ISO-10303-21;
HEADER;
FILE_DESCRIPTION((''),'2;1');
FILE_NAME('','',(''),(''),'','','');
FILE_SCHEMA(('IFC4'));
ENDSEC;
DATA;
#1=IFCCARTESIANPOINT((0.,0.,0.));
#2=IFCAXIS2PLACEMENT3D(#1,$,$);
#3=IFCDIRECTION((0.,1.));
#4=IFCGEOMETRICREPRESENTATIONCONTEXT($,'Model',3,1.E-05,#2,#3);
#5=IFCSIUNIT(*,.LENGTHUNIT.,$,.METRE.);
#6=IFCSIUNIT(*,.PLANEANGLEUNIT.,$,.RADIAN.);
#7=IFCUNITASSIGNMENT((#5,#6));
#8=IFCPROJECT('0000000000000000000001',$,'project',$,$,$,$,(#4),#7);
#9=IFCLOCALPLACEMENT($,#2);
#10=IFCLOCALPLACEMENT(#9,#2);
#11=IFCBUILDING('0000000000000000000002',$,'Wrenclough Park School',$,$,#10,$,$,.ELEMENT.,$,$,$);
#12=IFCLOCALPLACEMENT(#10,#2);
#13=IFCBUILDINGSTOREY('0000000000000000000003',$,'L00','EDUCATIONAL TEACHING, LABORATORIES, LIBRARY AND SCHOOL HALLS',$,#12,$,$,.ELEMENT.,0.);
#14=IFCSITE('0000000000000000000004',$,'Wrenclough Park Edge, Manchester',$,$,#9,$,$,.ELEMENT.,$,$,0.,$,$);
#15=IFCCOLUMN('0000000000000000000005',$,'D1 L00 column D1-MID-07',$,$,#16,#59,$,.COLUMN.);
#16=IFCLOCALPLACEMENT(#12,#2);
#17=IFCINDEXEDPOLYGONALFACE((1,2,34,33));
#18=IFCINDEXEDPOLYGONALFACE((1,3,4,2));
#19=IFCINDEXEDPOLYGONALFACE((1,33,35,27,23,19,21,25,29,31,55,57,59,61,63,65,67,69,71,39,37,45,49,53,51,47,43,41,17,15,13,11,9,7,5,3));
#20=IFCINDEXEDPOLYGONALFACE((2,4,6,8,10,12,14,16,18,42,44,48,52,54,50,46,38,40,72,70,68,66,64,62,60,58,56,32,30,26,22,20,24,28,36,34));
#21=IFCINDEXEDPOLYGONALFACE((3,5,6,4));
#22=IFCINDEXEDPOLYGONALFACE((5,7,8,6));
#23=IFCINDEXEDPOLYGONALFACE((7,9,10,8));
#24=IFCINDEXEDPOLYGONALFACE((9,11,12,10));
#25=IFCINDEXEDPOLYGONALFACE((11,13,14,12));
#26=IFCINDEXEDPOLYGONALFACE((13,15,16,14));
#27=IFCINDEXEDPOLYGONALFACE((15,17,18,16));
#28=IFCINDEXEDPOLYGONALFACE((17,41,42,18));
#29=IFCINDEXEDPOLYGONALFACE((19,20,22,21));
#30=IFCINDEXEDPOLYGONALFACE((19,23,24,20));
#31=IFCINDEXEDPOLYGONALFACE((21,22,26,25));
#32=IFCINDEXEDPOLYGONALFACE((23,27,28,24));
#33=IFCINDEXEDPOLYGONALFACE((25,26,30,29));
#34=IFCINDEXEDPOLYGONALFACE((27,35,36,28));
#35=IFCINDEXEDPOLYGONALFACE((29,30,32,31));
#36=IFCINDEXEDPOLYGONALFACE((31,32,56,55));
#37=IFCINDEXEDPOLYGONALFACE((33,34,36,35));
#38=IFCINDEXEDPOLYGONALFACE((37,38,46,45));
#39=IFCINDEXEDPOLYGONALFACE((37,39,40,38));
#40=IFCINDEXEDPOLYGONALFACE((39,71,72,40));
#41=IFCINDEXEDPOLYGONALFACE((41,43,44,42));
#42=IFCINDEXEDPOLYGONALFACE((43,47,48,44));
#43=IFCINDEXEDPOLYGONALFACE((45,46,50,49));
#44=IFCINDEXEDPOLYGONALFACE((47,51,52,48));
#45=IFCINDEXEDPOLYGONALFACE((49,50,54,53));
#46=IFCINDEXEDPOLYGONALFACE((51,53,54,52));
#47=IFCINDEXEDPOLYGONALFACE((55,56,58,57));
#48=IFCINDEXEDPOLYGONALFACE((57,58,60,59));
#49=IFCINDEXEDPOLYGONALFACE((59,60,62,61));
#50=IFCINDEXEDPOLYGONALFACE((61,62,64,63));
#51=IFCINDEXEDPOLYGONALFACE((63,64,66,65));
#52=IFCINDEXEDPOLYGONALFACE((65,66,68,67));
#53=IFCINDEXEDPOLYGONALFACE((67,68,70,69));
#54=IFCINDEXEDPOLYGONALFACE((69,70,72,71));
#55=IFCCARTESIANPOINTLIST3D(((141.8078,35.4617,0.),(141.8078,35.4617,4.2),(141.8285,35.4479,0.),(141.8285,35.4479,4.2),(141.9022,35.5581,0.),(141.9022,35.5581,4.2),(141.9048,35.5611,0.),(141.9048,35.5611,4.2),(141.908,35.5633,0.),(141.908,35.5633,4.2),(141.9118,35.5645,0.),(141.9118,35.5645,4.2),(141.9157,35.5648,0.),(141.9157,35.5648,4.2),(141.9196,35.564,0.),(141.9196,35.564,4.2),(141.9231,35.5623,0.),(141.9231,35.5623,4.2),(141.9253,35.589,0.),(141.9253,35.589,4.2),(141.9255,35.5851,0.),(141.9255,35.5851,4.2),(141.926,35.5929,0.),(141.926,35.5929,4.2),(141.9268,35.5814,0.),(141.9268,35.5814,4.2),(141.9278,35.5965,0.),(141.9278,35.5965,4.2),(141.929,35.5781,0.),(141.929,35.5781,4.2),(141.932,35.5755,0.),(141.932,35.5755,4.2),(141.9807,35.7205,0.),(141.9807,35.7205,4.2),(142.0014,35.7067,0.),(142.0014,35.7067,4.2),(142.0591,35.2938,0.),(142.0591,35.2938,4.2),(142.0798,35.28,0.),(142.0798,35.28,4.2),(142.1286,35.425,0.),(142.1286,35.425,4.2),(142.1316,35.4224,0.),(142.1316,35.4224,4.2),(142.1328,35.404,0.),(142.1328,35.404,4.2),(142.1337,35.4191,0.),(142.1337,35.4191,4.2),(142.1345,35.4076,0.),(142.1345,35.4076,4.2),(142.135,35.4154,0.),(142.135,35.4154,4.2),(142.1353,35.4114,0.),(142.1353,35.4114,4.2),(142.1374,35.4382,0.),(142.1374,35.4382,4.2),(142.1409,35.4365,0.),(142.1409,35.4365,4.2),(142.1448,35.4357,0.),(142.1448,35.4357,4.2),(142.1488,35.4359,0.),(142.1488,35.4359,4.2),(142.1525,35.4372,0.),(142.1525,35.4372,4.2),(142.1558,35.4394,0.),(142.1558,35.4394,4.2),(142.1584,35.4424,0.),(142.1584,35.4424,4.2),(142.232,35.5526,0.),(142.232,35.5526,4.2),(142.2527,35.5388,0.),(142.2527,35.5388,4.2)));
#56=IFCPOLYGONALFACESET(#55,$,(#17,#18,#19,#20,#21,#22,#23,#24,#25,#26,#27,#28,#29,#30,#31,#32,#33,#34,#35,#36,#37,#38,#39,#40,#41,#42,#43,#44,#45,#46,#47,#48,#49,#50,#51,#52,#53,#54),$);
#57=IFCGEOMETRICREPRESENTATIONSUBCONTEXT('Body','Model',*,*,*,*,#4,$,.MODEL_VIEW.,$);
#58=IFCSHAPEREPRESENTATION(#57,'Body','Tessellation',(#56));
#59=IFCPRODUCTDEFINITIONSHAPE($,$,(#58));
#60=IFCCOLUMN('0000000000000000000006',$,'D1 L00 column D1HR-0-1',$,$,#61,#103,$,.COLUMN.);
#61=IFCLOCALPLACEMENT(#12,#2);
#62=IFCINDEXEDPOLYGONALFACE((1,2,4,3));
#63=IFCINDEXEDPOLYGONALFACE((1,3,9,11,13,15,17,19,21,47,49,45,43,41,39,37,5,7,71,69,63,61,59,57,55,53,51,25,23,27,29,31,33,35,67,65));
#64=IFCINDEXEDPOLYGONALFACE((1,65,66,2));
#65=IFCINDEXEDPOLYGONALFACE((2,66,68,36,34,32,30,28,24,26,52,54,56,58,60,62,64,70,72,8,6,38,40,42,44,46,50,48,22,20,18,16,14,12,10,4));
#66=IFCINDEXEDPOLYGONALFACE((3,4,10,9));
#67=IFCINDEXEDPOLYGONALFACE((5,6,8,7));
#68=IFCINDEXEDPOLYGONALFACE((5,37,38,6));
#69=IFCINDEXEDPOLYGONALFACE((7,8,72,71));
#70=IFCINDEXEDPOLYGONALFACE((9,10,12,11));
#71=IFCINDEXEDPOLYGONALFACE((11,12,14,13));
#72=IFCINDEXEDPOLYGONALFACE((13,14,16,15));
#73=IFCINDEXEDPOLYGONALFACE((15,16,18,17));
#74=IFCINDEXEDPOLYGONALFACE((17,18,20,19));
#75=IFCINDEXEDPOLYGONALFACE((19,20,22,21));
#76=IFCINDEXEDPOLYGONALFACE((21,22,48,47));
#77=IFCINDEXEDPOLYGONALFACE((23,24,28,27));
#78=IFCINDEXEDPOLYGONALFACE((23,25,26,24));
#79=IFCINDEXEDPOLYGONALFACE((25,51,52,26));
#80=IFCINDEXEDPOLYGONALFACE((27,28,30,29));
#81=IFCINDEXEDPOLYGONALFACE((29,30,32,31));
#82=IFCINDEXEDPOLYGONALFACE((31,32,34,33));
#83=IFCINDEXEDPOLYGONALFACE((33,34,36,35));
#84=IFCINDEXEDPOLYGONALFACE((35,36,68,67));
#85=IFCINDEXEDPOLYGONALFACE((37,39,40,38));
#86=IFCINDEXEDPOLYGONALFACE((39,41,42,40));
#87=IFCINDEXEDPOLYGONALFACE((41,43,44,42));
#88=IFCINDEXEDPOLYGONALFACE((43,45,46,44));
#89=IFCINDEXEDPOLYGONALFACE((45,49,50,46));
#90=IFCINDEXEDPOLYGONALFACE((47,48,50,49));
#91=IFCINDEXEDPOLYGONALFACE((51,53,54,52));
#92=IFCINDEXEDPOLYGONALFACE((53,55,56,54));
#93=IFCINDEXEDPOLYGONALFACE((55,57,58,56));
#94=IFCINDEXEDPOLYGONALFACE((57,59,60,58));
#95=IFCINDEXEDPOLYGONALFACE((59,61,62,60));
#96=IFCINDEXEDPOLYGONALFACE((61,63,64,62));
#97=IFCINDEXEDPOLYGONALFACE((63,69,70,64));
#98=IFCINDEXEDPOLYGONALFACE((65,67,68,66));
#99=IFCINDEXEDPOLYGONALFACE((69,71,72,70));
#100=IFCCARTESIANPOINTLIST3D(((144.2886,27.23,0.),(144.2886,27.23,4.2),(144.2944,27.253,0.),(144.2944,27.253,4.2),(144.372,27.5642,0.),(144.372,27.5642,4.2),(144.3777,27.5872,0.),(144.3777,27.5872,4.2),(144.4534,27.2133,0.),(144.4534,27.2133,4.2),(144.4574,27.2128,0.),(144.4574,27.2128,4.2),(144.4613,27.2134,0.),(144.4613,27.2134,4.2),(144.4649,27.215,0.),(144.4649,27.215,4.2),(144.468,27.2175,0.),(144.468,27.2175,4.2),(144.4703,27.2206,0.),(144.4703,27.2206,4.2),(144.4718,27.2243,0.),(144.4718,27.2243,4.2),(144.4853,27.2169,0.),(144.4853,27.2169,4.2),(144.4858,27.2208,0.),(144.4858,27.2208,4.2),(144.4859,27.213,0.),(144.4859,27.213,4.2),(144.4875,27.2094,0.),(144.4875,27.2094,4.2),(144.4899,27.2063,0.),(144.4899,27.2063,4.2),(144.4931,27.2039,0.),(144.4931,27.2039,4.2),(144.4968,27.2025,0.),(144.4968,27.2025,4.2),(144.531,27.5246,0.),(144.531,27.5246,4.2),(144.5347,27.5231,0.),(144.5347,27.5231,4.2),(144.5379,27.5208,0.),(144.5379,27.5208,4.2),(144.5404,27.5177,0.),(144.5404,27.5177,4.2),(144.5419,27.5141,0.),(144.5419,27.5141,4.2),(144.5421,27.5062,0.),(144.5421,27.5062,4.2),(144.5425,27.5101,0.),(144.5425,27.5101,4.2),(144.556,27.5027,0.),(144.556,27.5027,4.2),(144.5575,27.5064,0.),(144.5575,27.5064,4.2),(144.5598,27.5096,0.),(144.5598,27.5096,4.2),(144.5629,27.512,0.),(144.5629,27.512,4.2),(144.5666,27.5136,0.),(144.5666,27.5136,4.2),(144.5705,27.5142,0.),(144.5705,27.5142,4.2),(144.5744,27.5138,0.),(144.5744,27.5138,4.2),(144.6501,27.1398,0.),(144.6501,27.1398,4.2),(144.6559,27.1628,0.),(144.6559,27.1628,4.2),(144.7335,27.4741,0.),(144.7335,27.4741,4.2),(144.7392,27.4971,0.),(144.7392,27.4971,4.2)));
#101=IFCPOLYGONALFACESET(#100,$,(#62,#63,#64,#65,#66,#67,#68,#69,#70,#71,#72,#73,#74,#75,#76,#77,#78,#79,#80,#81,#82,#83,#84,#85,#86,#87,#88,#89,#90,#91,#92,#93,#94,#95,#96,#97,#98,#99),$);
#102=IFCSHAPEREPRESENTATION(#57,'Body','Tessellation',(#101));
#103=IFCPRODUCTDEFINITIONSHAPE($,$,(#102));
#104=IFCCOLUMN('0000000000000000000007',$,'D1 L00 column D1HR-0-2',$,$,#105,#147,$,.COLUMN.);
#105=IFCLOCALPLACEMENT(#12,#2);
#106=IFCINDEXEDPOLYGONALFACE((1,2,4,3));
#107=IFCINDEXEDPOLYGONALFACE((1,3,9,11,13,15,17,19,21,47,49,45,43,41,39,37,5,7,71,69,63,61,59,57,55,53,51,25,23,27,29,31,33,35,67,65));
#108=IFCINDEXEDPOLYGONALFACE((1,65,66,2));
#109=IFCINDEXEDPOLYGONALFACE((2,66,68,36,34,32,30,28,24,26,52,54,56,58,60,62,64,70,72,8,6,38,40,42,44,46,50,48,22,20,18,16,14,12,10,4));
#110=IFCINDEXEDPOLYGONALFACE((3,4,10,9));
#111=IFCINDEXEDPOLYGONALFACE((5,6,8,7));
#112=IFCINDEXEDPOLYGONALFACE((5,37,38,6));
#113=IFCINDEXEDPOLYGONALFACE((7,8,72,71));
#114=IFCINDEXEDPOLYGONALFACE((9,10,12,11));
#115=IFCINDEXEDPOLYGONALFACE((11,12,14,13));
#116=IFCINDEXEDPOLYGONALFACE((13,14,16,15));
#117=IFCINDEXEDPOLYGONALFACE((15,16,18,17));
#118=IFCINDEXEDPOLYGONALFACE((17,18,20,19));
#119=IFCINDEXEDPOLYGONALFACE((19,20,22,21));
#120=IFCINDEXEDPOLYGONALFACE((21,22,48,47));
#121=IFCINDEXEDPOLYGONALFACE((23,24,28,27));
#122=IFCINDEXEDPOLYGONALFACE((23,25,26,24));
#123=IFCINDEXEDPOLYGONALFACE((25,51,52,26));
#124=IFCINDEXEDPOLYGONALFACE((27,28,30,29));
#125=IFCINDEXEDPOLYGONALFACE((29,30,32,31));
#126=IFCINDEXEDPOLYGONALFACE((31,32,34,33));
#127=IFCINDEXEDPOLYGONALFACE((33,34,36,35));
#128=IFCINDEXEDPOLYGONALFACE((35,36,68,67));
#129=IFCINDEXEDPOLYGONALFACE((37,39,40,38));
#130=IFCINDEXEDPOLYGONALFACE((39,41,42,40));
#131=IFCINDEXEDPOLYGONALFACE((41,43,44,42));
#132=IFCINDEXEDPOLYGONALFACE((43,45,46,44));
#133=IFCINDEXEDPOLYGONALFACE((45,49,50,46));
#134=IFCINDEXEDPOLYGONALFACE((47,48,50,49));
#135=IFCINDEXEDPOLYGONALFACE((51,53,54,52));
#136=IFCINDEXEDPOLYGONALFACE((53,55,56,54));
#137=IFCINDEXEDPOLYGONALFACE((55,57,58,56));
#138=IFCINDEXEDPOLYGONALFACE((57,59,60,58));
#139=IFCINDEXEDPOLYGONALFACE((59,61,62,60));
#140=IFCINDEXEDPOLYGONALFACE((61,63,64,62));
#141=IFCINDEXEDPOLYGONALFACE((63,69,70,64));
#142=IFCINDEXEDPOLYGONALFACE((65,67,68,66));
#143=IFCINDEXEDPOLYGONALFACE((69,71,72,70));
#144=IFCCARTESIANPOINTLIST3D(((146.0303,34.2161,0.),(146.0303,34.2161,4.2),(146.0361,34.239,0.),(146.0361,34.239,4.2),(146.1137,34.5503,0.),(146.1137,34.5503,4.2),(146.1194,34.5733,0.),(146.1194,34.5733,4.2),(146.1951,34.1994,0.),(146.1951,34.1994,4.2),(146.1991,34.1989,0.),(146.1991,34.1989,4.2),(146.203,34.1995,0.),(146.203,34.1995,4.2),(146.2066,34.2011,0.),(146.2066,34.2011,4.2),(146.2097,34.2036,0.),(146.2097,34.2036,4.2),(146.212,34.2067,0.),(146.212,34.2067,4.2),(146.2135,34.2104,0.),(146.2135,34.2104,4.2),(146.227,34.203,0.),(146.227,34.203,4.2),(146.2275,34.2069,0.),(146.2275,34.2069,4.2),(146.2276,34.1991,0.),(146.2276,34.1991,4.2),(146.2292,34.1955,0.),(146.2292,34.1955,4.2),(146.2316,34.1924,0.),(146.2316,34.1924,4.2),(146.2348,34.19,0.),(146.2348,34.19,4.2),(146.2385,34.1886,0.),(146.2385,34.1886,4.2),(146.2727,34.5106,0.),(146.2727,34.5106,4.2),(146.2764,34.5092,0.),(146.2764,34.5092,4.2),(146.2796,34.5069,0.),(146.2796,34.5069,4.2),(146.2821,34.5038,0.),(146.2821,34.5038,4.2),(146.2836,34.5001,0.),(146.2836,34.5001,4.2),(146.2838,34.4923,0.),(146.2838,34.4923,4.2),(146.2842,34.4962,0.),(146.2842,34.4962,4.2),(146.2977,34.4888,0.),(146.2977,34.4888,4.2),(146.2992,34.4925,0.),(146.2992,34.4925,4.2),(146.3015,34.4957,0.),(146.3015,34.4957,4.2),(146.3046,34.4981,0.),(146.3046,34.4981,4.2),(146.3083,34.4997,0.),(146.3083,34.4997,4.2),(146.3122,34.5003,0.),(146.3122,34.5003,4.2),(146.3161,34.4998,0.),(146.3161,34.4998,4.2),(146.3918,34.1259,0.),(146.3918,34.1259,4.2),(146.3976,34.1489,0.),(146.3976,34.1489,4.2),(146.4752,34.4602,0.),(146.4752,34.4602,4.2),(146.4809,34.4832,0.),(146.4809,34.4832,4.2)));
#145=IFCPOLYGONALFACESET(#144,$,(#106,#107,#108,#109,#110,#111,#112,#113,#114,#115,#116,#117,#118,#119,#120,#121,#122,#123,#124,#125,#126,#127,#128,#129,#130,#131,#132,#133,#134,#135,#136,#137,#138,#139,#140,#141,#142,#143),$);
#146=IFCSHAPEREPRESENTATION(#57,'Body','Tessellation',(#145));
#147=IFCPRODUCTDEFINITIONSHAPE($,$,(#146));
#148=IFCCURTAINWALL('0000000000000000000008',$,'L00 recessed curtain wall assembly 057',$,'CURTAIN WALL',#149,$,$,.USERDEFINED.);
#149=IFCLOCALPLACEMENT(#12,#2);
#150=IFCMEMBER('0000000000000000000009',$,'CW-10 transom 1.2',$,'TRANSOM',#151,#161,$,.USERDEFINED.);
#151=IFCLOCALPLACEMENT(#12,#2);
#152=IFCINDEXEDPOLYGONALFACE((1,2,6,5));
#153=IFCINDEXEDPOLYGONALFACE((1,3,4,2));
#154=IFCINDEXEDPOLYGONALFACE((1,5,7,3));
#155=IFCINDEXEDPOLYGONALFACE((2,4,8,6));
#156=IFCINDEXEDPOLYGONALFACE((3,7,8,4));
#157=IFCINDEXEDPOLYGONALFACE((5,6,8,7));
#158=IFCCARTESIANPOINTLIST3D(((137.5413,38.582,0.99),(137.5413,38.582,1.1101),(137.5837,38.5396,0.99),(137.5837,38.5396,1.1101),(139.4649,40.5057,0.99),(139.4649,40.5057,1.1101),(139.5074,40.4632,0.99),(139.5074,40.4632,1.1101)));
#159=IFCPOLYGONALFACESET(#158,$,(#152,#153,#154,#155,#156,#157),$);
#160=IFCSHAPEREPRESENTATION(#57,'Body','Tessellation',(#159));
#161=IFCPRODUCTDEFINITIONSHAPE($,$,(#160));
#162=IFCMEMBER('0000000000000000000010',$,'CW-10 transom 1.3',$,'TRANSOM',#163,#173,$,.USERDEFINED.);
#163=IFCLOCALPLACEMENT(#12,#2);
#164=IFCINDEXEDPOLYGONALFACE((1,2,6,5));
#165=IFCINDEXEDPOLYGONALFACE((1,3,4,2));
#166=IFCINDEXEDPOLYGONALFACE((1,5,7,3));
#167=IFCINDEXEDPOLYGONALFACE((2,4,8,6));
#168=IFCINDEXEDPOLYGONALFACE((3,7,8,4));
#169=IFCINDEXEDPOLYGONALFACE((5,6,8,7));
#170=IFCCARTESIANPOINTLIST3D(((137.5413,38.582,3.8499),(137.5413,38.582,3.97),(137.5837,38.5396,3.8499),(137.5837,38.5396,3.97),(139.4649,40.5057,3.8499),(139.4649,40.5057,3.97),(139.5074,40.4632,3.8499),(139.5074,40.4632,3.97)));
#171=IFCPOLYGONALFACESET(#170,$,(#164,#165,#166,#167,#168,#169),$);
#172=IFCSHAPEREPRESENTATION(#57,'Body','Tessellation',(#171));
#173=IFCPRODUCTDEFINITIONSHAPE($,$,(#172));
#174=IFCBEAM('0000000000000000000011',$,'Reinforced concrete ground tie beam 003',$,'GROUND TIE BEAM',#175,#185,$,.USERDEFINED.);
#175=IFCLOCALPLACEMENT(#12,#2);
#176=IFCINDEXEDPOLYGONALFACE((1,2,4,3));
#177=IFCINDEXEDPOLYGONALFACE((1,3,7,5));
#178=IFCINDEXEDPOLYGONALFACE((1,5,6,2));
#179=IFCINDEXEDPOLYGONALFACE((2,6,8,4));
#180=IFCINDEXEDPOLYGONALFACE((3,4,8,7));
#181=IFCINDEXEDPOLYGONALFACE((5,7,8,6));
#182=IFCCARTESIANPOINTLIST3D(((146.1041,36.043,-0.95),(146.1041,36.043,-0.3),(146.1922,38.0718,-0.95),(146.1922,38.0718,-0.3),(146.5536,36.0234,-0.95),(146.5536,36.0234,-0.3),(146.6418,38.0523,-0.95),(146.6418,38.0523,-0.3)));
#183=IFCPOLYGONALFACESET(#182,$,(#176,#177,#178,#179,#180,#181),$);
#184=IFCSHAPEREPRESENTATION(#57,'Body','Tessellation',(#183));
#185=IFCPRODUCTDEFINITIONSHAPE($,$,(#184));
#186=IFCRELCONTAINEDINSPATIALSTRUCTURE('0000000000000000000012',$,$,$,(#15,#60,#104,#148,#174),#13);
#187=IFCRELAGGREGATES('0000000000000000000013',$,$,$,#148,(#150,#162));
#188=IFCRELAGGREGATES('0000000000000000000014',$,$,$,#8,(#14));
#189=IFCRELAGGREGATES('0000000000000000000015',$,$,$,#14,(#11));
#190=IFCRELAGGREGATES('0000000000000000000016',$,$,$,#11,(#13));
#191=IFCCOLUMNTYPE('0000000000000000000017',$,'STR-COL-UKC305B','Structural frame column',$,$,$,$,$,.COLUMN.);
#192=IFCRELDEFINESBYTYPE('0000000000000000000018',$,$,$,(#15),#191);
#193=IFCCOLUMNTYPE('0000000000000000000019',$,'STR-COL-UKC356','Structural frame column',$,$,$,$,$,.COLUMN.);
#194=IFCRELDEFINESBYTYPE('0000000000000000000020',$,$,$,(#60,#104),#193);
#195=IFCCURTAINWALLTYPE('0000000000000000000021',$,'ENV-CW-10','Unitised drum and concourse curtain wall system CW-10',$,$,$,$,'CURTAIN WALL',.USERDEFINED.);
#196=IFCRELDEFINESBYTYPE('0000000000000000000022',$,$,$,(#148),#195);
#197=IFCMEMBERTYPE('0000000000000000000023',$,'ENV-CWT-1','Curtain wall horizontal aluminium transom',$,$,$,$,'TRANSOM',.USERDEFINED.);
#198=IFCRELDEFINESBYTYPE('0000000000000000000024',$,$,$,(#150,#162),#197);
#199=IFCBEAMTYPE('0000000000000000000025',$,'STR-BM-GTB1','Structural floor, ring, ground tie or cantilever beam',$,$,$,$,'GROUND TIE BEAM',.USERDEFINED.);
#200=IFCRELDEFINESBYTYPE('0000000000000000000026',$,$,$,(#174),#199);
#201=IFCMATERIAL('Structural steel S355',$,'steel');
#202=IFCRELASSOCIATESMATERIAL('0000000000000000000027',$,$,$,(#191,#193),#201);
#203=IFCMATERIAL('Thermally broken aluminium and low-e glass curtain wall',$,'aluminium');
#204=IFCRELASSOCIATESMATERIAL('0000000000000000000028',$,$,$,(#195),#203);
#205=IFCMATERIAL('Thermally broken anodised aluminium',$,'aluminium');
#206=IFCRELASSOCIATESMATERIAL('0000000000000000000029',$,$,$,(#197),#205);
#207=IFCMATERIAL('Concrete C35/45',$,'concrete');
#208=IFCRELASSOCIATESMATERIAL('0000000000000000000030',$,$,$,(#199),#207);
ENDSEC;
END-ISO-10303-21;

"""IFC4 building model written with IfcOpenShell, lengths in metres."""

from ifc_helpers import new_model, si_unit, direction, frame, origin, origin_2d, place, context, subcontext, project, spatial, rectangle, i_section, extrude, material, material_profile, profile_set, type_object, element, aggregate, save


model = new_model("IFC4")

# Units and contexts
model_context = context("Model", 3, precision=1e-05, world=origin(), true_north=direction((0.0, 1.0)))
body_context = subcontext(model_context, "Body", "Model", "MODEL_VIEW")
ifc_project = project(units=[si_unit("LENGTHUNIT", "METRE"), si_unit("PLANEANGLEUNIT", "RADIAN")], contexts=[model_context])

# Site, building, storey
site_placement = place(None, origin())
site = spatial("IfcSite", under=ifc_project, at=site_placement, Name="Wrenclough Park Edge, Manchester", CompositionType="ELEMENT", RefElevation=0.0)
building_placement = place(site_placement, origin())
building = spatial("IfcBuilding", under=site, at=building_placement, Name="Wrenclough Park School", CompositionType="ELEMENT")
storey_placement = place(building_placement, origin())
storey = spatial("IfcBuildingStorey", under=building, at=storey_placement, Name="L00", Description="EDUCATIONAL TEACHING, LABORATORIES, LIBRARY AND SCHOOL HALLS", CompositionType="ELEMENT", Elevation=0.0)

# Shared definitions
ifc_material_1 = material(Name="Concrete C35/45", Category="concrete")

# Columns
ifc_material_2 = material(Name="Structural steel S355", Category="steel")
ifc_material_profile_1 = material_profile(ifc_material_2, i_section(OverallWidth=0.3113, OverallDepth=0.3271, WebThickness=0.0159, FlangeThickness=0.0249, FilletRadius=0.0151, at=origin_2d()), Name="UKC 305x305x158")
ifc_profile_set_1 = profile_set([ifc_material_profile_1], Name="Structural steel S355")
column_type_1 = type_object("IfcColumnType", Name="STR-COL-UKC305B", Description="Structural frame column", PredefinedType="COLUMN", material=ifc_profile_set_1)
column_placement = place(storey_placement, frame((142.0303, 35.5002, 0.0), z_axis=(0.0, 0.0, 1.0), x_axis=(-0.55557, -0.83147, 0.0)))
element("IfcColumn", 1, at=column_placement, inside=storey, type_object=column_type_1, Name="D1 L00 column D1-MID-07", PredefinedType="COLUMN", context=body_context, shape_type="SweptSolid", body=[
    extrude(i_section(OverallWidth=0.3113, OverallDepth=0.3271, WebThickness=0.0159, FlangeThickness=0.0249, FilletRadius=0.0151, at=origin_2d()), origin(), (0.0, 0.0, 1.0), 4.2),
])
ifc_material_profile_2 = material_profile(ifc_material_2, i_section(OverallWidth=0.3726, OverallDepth=0.3682, WebThickness=0.0144, FlangeThickness=0.0237, FilletRadius=0.0151, at=origin_2d()), Name="UKC 356x368x177")
ifc_profile_set_2 = profile_set([ifc_material_profile_2], Name="Structural steel S355")
column_type_2 = type_object("IfcColumnType", Name="STR-COL-UKC356", Description="Structural frame column", PredefinedType="COLUMN", material=ifc_profile_set_2)
for number, where, z_axis, x_axis, name in (
    (2, (144.5139, 27.3635, 0.0), (0.0, 0.0, 1.0), (0.970296, -0.241922, 0.0), "D1 L00 column D1HR-0-1"),
    (3, (146.2556, 34.3496, 0.0), (0.0, 0.0, 1.0), (0.970296, -0.241922, 0.0), "D1 L00 column D1HR-0-2"),
):
    element("IfcColumn", number, at=place(storey_placement, frame(where, z_axis=z_axis, x_axis=x_axis)), inside=storey, type_object=column_type_2, Name=name, PredefinedType="COLUMN", context=body_context, shape_type="SweptSolid", body=[
        extrude(i_section(OverallWidth=0.3726, OverallDepth=0.3682, WebThickness=0.0144, FlangeThickness=0.0237, FilletRadius=0.0151, at=origin_2d()), origin(), (0.0, 0.0, 1.0), 4.2),
    ])

# Curtain wall, members
ifc_material_3 = material(Name="Thermally broken aluminium and low-e glass curtain wall", Category="aluminium")
curtain_wall_type = type_object("IfcCurtainWallType", Name="ENV-CW-10", Description="Unitised drum and concourse curtain wall system CW-10", ElementType="CURTAIN WALL", PredefinedType="USERDEFINED", material=ifc_material_3)
curtain_wall_placement = place(storey_placement, origin())
curtain_wall = element("IfcCurtainWall", 4, at=curtain_wall_placement, inside=storey, type_object=curtain_wall_type, Name="L00 recessed curtain wall assembly 057", ObjectType="CURTAIN WALL", PredefinedType="USERDEFINED")
ifc_material_4 = material(Name="Thermally broken anodised aluminium", Category="aluminium")
ifc_material_profile_3 = material_profile(ifc_material_4, rectangle(XDim=0.0601, YDim=0.1201, at=origin_2d()), Name="AL TRANSOM 60x120")
ifc_profile_set_3 = profile_set([ifc_material_profile_3], Name="Thermally broken anodised aluminium")
member_type = type_object("IfcMemberType", Name="ENV-CWT-1", Description="Curtain wall horizontal aluminium transom", ElementType="TRANSOM", PredefinedType="USERDEFINED", material=ifc_profile_set_3)
member_1_placement = place(storey_placement, frame((137.5625, 38.5608, 1.05), z_axis=(0.707107, 0.707107, 0.0), x_axis=(-0.707107, 0.707107, 0.0)))
member_1 = element("IfcMember", 5, at=member_1_placement, type_object=member_type, Name="CW-10 transom 1.2", ObjectType="TRANSOM", PredefinedType="USERDEFINED", context=body_context, shape_type="SweptSolid", body=[
    extrude(rectangle(XDim=0.0601, YDim=0.1201, at=origin_2d()), origin(), (0.0, 0.0, 1.0), 2.7205),
])
member_2_placement = place(storey_placement, frame((137.5625, 38.5608, 3.9099), z_axis=(0.707107, 0.707107, 0.0), x_axis=(-0.707107, 0.707107, 0.0)))
member_2 = element("IfcMember", 6, at=member_2_placement, type_object=member_type, Name="CW-10 transom 1.3", ObjectType="TRANSOM", PredefinedType="USERDEFINED", context=body_context, shape_type="SweptSolid", body=[
    extrude(rectangle(XDim=0.0601, YDim=0.1201, at=origin_2d()), origin(), (0.0, 0.0, 1.0), 2.7205),
])
aggregate(curtain_wall, [member_1, member_2])

# Beam
ifc_material_profile_4 = material_profile(ifc_material_1, rectangle(XDim=0.45, YDim=0.6499, at=origin_2d()), Name="RC GROUND 450x650")
ifc_profile_set_4 = profile_set([ifc_material_profile_4], Name="Concrete C35/45")
beam_type_1 = type_object("IfcBeamType", Name="STR-BM-GTB1", Description="Structural floor, ring, ground tie or cantilever beam", ElementType="GROUND TIE BEAM", PredefinedType="USERDEFINED", material=ifc_profile_set_4)
beam_1_placement = place(storey_placement, frame((146.3289, 36.0332, -0.625), z_axis=(0.043401, 0.999058, 0.0), x_axis=(-0.999058, 0.043401, 0.0)))
element("IfcBeam", 7, at=beam_1_placement, inside=storey, type_object=beam_type_1, Name="Reinforced concrete ground tie beam 003", ObjectType="GROUND TIE BEAM", PredefinedType="USERDEFINED", context=body_context, shape_type="SweptSolid", body=[
    extrude(rectangle(XDim=0.45, YDim=0.6499, at=origin_2d()), origin(), (0.0, 0.0, 1.0), 2.0308),
])

save(model, "model.ifc")
